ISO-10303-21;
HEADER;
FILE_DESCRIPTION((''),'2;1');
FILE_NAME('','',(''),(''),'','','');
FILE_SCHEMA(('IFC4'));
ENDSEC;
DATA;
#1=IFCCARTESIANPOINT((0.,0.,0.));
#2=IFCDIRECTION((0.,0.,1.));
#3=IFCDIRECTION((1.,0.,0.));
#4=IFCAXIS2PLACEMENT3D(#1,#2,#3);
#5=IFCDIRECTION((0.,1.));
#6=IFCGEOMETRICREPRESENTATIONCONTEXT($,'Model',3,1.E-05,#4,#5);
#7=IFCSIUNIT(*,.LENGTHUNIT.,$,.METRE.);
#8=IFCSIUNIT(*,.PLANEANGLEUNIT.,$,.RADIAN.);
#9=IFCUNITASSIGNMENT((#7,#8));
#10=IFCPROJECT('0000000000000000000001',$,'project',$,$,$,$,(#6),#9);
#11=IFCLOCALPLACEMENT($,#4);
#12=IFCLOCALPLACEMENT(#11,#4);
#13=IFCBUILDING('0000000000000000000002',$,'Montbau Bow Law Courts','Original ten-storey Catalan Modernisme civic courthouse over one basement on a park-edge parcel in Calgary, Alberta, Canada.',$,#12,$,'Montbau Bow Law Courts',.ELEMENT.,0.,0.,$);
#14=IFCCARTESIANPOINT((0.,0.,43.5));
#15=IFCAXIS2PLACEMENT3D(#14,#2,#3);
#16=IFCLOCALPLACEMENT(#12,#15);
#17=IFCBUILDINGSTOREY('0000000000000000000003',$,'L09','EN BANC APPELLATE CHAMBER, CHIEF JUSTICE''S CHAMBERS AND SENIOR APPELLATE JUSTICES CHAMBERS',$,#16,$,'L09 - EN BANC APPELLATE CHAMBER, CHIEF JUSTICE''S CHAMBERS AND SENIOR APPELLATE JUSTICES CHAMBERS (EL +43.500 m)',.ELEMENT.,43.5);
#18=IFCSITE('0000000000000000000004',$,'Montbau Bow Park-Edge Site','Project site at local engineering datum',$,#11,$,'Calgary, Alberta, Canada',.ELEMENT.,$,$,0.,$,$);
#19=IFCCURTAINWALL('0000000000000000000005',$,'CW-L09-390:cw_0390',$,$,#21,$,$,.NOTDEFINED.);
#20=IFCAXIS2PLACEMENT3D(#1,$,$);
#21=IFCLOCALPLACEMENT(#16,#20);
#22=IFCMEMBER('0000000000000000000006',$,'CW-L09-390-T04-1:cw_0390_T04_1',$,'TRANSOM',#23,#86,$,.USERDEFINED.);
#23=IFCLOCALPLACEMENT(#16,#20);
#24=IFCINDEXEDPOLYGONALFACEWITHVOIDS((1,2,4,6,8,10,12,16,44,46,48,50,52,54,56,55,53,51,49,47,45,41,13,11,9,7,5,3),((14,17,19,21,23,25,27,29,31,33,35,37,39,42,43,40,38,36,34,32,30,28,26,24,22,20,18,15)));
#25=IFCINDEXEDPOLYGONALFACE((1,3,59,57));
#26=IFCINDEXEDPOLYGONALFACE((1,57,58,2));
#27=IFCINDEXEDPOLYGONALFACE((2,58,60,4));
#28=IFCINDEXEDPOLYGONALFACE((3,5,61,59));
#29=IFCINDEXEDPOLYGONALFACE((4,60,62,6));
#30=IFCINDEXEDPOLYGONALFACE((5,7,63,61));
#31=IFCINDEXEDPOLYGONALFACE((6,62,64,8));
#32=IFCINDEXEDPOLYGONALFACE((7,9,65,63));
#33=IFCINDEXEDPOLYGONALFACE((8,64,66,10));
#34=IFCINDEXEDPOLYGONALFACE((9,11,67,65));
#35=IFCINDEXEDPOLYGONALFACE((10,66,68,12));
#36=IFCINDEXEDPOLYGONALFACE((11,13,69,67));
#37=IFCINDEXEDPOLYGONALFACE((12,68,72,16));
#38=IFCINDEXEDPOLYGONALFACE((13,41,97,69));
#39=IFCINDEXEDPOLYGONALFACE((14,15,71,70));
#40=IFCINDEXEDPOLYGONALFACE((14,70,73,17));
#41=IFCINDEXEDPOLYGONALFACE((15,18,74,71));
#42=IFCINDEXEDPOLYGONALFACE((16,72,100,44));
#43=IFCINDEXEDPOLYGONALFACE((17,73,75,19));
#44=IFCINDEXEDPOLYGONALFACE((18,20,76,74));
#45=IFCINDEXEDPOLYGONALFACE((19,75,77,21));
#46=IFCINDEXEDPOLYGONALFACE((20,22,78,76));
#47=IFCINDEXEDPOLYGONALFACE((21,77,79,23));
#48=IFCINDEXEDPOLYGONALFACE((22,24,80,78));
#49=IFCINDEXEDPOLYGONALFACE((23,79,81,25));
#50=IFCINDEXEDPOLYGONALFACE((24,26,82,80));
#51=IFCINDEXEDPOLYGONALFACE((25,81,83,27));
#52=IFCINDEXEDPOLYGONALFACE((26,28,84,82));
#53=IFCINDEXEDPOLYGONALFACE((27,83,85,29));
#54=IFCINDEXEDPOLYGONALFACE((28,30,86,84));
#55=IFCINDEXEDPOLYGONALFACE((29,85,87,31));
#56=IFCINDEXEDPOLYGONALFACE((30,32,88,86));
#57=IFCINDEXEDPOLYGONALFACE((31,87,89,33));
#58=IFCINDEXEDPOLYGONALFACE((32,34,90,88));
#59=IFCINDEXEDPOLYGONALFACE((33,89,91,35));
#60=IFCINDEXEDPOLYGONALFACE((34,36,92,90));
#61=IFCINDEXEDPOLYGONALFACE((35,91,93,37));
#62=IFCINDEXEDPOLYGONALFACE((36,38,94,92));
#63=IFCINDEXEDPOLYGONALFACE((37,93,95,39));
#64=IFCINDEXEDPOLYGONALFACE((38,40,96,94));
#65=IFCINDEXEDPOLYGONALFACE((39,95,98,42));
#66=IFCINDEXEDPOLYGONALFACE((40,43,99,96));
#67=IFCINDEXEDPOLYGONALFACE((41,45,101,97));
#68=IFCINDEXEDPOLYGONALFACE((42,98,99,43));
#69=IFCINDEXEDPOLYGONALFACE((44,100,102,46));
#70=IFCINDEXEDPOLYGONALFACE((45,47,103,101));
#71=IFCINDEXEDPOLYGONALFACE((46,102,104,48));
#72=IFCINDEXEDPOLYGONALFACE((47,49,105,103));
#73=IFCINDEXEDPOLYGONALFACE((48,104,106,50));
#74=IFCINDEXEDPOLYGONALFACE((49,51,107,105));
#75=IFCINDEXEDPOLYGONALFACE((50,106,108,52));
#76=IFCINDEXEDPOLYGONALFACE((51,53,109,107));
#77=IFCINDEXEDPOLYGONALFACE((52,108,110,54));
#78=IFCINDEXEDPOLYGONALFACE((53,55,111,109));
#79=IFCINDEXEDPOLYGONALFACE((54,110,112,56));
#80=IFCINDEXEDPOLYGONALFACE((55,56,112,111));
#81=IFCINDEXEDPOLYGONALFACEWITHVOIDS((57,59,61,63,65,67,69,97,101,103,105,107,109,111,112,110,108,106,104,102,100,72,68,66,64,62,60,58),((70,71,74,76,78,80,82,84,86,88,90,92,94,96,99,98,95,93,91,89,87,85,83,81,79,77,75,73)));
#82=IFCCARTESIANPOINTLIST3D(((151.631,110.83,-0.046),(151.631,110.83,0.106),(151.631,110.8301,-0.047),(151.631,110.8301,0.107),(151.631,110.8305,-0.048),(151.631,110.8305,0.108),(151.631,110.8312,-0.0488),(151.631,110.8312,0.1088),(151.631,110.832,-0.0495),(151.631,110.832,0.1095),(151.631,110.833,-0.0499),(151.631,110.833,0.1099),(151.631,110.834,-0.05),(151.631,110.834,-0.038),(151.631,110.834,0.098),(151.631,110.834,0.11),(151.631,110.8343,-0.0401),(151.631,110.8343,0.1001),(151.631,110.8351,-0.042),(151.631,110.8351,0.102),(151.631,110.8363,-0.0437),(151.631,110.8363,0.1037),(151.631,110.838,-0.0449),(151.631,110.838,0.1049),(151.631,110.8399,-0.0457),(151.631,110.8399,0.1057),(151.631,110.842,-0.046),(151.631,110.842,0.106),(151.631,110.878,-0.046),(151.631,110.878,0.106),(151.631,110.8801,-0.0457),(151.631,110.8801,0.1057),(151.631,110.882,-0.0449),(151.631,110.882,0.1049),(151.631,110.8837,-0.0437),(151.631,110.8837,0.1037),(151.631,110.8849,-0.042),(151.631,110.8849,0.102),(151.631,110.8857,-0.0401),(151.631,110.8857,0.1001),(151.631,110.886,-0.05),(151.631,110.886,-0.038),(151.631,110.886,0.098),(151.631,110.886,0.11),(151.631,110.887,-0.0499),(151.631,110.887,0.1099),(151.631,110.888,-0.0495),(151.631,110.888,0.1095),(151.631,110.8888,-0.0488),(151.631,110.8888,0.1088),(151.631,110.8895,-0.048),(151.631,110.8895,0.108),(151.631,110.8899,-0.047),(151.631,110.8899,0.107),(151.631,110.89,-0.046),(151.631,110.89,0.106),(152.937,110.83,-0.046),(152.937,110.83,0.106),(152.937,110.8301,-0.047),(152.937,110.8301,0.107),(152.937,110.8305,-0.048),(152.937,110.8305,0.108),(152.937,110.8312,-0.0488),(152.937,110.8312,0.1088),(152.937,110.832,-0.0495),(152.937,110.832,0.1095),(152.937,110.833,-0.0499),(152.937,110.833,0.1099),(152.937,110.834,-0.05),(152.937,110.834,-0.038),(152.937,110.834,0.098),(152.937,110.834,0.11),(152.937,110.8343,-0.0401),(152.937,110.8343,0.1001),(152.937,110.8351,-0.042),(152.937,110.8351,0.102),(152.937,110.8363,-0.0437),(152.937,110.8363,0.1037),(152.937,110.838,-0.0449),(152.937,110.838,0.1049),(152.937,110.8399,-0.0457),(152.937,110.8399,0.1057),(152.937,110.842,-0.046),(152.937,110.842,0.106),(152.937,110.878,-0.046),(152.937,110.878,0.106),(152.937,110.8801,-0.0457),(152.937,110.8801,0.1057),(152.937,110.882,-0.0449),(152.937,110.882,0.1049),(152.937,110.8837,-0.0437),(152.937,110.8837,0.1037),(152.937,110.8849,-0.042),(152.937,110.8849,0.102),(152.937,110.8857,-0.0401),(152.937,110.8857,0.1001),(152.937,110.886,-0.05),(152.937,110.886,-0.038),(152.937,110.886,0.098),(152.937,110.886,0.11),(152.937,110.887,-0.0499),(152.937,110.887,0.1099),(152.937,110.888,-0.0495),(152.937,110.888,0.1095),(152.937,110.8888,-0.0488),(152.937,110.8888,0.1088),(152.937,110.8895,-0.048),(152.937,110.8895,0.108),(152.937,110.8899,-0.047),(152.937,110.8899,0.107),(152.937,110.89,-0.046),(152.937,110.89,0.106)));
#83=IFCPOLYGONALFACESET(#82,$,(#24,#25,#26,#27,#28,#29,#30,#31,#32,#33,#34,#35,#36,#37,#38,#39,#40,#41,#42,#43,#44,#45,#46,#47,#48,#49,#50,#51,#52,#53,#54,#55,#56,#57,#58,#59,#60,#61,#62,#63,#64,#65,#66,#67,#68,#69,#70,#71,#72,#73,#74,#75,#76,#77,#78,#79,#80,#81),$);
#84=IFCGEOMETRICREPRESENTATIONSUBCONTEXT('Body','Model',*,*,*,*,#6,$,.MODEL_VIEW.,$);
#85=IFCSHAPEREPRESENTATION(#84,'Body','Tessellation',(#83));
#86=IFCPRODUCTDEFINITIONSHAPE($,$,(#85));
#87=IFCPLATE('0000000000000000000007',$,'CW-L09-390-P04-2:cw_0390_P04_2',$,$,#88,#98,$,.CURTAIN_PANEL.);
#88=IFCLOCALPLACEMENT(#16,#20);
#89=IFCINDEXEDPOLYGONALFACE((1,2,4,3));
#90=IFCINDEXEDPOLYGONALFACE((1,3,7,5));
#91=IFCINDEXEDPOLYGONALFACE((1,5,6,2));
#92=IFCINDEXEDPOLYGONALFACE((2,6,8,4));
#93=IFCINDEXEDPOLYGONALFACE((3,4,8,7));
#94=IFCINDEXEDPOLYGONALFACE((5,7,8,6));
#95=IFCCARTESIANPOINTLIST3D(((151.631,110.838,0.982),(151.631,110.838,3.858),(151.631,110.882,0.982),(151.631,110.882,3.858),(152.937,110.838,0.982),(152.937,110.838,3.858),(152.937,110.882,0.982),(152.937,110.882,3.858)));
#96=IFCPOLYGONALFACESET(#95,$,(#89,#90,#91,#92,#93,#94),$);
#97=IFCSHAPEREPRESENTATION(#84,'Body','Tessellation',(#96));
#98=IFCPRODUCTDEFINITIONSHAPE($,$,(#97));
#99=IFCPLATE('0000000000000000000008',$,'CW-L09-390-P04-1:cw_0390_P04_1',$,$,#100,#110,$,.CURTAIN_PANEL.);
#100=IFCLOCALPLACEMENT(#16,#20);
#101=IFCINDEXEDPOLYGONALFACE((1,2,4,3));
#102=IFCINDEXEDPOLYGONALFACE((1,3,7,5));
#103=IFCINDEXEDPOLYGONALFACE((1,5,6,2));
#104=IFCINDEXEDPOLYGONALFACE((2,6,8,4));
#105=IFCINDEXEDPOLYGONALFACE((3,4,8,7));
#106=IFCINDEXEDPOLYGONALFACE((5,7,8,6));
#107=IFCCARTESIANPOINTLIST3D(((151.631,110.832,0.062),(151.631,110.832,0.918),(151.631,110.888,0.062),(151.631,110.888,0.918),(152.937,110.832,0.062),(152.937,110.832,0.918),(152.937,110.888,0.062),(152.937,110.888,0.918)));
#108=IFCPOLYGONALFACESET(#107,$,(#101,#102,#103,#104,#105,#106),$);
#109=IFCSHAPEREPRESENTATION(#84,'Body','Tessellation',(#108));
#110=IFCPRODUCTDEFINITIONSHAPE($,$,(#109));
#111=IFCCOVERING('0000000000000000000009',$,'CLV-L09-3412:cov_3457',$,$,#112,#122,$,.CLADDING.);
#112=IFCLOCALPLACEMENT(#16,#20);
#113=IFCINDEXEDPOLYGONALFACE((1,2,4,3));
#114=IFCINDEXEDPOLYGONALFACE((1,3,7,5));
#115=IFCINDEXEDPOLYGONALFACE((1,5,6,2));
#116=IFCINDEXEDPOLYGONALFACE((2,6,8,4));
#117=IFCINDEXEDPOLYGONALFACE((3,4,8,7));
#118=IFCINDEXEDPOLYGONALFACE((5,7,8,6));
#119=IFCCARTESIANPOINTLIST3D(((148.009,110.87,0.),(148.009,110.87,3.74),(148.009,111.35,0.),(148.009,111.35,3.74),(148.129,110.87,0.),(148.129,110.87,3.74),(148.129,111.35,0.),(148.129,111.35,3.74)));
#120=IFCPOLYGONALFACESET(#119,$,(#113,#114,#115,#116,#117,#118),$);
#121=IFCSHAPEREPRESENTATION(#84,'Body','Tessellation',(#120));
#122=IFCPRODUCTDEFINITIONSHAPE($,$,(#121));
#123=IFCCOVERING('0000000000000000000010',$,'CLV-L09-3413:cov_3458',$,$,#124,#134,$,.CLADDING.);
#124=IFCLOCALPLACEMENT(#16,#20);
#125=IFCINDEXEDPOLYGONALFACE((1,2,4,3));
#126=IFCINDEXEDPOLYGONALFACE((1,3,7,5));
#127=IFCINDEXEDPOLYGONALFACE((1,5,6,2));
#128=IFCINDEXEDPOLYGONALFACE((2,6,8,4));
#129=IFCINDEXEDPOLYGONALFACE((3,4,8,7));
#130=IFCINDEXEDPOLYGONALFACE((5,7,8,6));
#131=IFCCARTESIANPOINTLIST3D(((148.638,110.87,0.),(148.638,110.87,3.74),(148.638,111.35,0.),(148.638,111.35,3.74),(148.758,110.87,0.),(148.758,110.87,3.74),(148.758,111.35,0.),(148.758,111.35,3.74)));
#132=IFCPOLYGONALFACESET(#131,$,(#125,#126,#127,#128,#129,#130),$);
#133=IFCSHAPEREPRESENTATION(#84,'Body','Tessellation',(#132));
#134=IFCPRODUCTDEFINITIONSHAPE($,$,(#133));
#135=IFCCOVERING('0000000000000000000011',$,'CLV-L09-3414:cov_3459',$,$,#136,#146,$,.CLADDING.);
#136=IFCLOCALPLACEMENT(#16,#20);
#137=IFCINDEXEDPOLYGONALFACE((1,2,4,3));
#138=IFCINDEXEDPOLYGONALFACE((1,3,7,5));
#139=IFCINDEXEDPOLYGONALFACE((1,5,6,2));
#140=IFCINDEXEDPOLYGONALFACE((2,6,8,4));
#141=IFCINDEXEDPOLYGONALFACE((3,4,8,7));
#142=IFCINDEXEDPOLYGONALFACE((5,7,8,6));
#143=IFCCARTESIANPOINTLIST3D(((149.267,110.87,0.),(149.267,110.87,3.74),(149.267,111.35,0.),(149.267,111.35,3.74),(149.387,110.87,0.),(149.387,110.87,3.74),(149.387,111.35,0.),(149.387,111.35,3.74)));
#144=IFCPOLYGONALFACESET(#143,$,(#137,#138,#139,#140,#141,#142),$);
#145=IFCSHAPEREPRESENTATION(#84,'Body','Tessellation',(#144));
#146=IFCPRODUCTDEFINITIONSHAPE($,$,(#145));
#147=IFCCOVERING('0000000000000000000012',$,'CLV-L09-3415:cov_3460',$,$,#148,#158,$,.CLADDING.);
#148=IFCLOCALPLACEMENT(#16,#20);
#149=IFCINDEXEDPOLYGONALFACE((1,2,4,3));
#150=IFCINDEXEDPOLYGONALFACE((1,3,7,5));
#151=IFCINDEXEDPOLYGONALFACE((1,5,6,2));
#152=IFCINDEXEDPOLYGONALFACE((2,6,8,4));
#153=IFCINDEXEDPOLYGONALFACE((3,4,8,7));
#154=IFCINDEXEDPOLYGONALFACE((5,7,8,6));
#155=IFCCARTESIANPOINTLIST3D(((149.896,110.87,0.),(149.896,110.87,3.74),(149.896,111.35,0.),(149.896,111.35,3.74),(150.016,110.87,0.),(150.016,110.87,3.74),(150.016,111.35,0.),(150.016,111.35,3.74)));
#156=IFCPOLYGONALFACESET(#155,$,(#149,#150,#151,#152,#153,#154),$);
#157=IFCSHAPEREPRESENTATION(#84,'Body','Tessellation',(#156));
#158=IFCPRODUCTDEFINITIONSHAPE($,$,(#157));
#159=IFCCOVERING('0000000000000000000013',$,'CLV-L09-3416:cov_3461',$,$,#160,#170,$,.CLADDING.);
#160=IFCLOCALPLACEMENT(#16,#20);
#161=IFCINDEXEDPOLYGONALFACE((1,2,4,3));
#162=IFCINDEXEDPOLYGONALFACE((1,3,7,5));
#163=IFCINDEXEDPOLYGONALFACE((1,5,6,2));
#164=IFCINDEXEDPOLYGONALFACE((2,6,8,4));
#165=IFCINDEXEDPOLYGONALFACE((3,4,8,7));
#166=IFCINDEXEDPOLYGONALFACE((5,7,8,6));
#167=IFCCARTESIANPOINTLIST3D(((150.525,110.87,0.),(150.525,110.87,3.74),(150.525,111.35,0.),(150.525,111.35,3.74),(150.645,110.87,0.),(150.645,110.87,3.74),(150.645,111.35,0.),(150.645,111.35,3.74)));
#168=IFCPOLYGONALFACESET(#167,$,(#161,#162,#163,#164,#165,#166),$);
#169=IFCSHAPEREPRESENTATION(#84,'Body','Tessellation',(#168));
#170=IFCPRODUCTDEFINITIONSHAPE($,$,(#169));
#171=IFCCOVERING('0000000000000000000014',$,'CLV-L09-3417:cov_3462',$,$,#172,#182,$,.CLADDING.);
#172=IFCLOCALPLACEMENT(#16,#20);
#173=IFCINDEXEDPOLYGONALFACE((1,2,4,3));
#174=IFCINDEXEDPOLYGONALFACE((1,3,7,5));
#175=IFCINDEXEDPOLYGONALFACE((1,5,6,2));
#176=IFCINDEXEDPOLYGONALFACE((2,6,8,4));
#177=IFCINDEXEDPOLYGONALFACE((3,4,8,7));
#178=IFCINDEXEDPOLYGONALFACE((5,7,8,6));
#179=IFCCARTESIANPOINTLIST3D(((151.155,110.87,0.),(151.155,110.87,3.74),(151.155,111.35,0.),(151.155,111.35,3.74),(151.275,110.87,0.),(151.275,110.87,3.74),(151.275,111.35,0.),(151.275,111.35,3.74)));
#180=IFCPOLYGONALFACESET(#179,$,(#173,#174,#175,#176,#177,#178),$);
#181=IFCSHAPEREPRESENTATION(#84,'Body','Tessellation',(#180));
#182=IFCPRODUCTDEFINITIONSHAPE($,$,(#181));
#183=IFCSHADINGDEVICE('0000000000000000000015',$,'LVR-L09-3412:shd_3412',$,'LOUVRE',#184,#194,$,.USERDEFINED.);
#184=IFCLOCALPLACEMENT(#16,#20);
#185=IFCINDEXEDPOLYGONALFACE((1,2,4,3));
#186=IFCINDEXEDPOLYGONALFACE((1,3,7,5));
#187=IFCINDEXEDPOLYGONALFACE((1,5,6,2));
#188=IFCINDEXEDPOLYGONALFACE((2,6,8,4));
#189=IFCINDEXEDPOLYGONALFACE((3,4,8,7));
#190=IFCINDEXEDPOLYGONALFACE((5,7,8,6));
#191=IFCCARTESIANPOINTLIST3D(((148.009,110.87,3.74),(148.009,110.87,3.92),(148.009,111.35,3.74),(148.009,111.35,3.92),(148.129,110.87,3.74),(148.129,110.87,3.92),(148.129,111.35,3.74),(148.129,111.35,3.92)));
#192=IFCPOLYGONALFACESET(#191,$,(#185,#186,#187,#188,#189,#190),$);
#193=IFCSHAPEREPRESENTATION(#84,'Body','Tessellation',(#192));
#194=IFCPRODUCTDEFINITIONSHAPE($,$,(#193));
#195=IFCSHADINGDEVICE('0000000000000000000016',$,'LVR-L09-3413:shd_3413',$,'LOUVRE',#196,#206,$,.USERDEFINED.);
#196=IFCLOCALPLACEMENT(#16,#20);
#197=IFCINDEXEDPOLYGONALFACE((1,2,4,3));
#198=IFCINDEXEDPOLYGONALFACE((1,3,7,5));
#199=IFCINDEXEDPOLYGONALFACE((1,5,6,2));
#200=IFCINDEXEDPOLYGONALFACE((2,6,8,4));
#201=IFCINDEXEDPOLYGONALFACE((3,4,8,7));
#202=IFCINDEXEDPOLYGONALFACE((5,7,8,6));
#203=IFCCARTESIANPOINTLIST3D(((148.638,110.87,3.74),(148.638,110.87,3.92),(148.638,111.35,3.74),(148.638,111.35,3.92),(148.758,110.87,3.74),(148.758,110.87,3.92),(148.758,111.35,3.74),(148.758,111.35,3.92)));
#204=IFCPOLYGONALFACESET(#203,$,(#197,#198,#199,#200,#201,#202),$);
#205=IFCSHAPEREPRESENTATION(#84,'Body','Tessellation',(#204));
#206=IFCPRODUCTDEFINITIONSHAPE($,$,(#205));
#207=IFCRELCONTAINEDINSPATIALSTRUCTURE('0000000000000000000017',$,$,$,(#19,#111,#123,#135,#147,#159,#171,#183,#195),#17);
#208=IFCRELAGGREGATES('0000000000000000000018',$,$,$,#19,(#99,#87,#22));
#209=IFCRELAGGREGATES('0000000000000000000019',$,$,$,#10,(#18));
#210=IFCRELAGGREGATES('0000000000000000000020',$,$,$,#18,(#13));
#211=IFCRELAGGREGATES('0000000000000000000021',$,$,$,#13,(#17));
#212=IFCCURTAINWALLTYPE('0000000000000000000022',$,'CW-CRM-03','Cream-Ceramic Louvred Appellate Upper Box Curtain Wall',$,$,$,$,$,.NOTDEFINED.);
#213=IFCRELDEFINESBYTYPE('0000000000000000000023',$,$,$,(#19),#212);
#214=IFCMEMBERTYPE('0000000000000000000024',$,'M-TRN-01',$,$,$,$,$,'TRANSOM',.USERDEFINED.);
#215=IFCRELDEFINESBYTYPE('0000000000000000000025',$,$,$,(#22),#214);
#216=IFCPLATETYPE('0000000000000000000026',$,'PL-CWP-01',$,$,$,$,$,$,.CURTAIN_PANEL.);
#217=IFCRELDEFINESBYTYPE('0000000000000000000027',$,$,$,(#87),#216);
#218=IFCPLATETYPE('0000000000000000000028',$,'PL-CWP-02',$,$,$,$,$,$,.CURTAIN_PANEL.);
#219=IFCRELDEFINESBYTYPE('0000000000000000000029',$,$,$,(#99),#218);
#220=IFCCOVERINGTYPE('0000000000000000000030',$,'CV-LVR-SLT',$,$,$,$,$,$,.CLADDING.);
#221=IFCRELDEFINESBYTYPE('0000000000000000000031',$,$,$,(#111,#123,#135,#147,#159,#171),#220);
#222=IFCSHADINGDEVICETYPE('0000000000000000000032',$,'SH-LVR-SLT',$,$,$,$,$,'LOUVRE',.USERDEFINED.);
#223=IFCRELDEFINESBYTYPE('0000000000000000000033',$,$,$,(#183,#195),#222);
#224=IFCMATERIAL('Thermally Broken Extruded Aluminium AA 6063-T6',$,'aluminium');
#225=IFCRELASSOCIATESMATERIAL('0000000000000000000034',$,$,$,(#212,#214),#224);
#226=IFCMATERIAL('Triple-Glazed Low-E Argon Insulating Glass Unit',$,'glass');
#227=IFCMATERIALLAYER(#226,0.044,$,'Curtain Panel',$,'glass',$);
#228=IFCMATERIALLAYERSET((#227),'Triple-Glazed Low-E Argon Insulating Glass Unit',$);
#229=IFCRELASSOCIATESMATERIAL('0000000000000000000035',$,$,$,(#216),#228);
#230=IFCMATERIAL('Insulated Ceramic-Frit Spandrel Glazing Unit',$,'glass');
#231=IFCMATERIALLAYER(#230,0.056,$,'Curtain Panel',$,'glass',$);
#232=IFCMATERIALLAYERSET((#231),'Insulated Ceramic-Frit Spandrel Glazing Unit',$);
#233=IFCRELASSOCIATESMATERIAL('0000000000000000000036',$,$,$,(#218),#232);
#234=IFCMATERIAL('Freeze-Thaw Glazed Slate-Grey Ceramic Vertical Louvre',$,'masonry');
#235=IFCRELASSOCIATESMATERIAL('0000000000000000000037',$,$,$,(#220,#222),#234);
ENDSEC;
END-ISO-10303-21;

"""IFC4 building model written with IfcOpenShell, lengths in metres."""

from ifc_helpers import new_model, si_unit, direction, frame, frame_2d, origin_with_axes, origin_2d_with_axis, place, context, subcontext, project, spatial, rectangle, hollow_rectangle, extrude, material, layer, layer_set, material_profile, profile_set, type_object, element, aggregate, save


model = new_model("IFC4")

# Units and contexts
model_context = context("Model", 3, precision=1e-05, world=origin_with_axes(), true_north=direction((0.0, 1.0)))
body_context = subcontext(model_context, "Body", "Model", "MODEL_VIEW")
ifc_project = project(units=[si_unit("LENGTHUNIT", "METRE"), si_unit("PLANEANGLEUNIT", "RADIAN")], contexts=[model_context])

# Site, building, storey
site_placement = place(None, origin_with_axes())
site = spatial("IfcSite", under=ifc_project, at=site_placement, Name="Montbau Bow Park-Edge Site", Description="Project site at local engineering datum", LongName="Calgary, Alberta, Canada", CompositionType="ELEMENT", RefElevation=0.0)
building_placement = place(site_placement, origin_with_axes())
building = spatial("IfcBuilding", under=site, at=building_placement, Name="Montbau Bow Law Courts", Description="Original ten-storey Catalan Modernisme civic courthouse over one basement on a park-edge parcel in Calgary, Alberta, Canada.", LongName="Montbau Bow Law Courts", CompositionType="ELEMENT", ElevationOfRefHeight=0.0, ElevationOfTerrain=0.0)
storey_placement = place(building_placement, frame((0.0, 0.0, 43.5), z_axis=(0.0, 0.0, 1.0), x_axis=(1.0, 0.0, 0.0)))
storey = spatial("IfcBuildingStorey", under=building, at=storey_placement, Name="L09", Description="EN BANC APPELLATE CHAMBER, CHIEF JUSTICE'S CHAMBERS AND SENIOR APPELLATE JUSTICES CHAMBERS", LongName="L09 - EN BANC APPELLATE CHAMBER, CHIEF JUSTICE'S CHAMBERS AND SENIOR APPELLATE JUSTICES CHAMBERS (EL +43.500 m)", CompositionType="ELEMENT", Elevation=43.5)

# Curtain wall, member, plates
ifc_material_1 = material(Name="Thermally Broken Extruded Aluminium AA 6063-T6", Category="aluminium")
curtain_wall_type = type_object("IfcCurtainWallType", Name="CW-CRM-03", Description="Cream-Ceramic Louvred Appellate Upper Box Curtain Wall", PredefinedType="NOTDEFINED", material=ifc_material_1)
curtain_wall_placement = place(None, frame((147.44, 110.86, 43.5), z_axis=(0.0, 0.0, 1.0), x_axis=(1.0, 0.0, 0.0)))
curtain_wall = element("IfcCurtainWall", 1, at=curtain_wall_placement, inside=storey, type_object=curtain_wall_type, Name="CW-L09-390:cw_0390", PredefinedType="NOTDEFINED")
ifc_material_profile_1 = material_profile(ifc_material_1, hollow_rectangle(XDim=0.06, YDim=0.16, WallThickness=0.004, InnerFilletRadius=0.008, OuterFilletRadius=0.004, at=origin_2d_with_axis()), Name="CWT-160X60", Category="Main", Priority=0)
ifc_profile_set_1 = profile_set([ifc_material_profile_1], Name="Thermally Broken Extruded Aluminium AA 6063-T6")
member_type_1 = type_object("IfcMemberType", Name="M-TRN-01", ElementType="TRANSOM", PredefinedType="USERDEFINED", material=ifc_profile_set_1)
member_1_placement = place(None, frame((151.631, 110.86, 43.53), z_axis=(1.0, 0.0, 0.0), x_axis=(0.0, 1.0, 0.0)))
member_1 = element("IfcMember", 2, at=member_1_placement, type_object=member_type_1, Name="CW-L09-390-T04-1:cw_0390_T04_1", ObjectType="TRANSOM", PredefinedType="USERDEFINED", context=body_context, shape_type="SweptSolid", body=[
    extrude(hollow_rectangle(XDim=0.06, YDim=0.16, WallThickness=0.004, InnerFilletRadius=0.008, OuterFilletRadius=0.004, at=origin_2d_with_axis()), origin_with_axes(), (0.0, 0.0, 1.0), 1.306),
])
ifc_material_2 = material(Name="Triple-Glazed Low-E Argon Insulating Glass Unit", Category="glass")
ifc_layer_1 = layer(ifc_material_2, 0.044, Name="Curtain Panel", Category="glass")
ifc_layer_set_1 = layer_set([ifc_layer_1], Name="Triple-Glazed Low-E Argon Insulating Glass Unit")
plate_type_1 = type_object("IfcPlateType", Name="PL-CWP-01", PredefinedType="CURTAIN_PANEL", material=ifc_layer_set_1)
plate_1_placement = place(None, frame((151.631, 110.86, 44.482), z_axis=(0.0, -1.0, 0.0), x_axis=(1.0, 0.0, 0.0)))
plate_1 = element("IfcPlate", 3, at=plate_1_placement, type_object=plate_type_1, Name="CW-L09-390-P04-2:cw_0390_P04_2", PredefinedType="CURTAIN_PANEL", context=body_context, shape_type="SweptSolid", body=[
    extrude(rectangle(XDim=1.306, YDim=2.876, at=frame_2d((0.653, 1.438), x_axis=(1.0, 0.0))), frame((0.0, 0.0, -0.022), z_axis=(0.0, 0.0, 1.0), x_axis=(1.0, 0.0, 0.0)), (0.0, 0.0, 1.0), 0.044),
])
ifc_material_3 = material(Name="Insulated Ceramic-Frit Spandrel Glazing Unit", Category="glass")
ifc_layer_2 = layer(ifc_material_3, 0.056, Name="Curtain Panel", Category="glass")
ifc_layer_set_2 = layer_set([ifc_layer_2], Name="Insulated Ceramic-Frit Spandrel Glazing Unit")
plate_type_2 = type_object("IfcPlateType", Name="PL-CWP-02", PredefinedType="CURTAIN_PANEL", material=ifc_layer_set_2)
plate_2_placement = place(None, frame((151.631, 110.86, 43.562), z_axis=(0.0, -1.0, 0.0), x_axis=(1.0, 0.0, 0.0)))
plate_2 = element("IfcPlate", 4, at=plate_2_placement, type_object=plate_type_2, Name="CW-L09-390-P04-1:cw_0390_P04_1", PredefinedType="CURTAIN_PANEL", context=body_context, shape_type="SweptSolid", body=[
    extrude(rectangle(XDim=1.306, YDim=0.856, at=frame_2d((0.653, 0.428), x_axis=(1.0, 0.0))), frame((0.0, 0.0, -0.028), z_axis=(0.0, 0.0, 1.0), x_axis=(1.0, 0.0, 0.0)), (0.0, 0.0, 1.0), 0.056),
])
aggregate(curtain_wall, [plate_2, plate_1, member_1])

# Coverings
ifc_material_4 = material(Name="Freeze-Thaw Glazed Slate-Grey Ceramic Vertical Louvre", Category="masonry")
covering_type = type_object("IfcCoveringType", Name="CV-LVR-SLT", PredefinedType="CLADDING", material=ifc_material_4)
for number, where, z_axis, x_axis, name in (
    (5, (148.069, 110.87, 43.5), (1.0, 0.0, 0.0), (0.0, 1.0, 0.0), "CLV-L09-3412:cov_3457"),
    (6, (148.698, 110.87, 43.5), (1.0, 0.0, 0.0), (0.0, 1.0, 0.0), "CLV-L09-3413:cov_3458"),
    (7, (149.327, 110.87, 43.5), (1.0, 0.0, 0.0), (0.0, 1.0, 0.0), "CLV-L09-3414:cov_3459"),
    (8, (149.956, 110.87, 43.5), (1.0, 0.0, 0.0), (0.0, 1.0, 0.0), "CLV-L09-3415:cov_3460"),
    (9, (150.585, 110.87, 43.5), (1.0, 0.0, 0.0), (0.0, 1.0, 0.0), "CLV-L09-3416:cov_3461"),
    (10, (151.215, 110.87, 43.5), (1.0, 0.0, 0.0), (0.0, 1.0, 0.0), "CLV-L09-3417:cov_3462"),
):
    element("IfcCovering", number, at=place(None, frame(where, z_axis=z_axis, x_axis=x_axis)), inside=storey, type_object=covering_type, Name=name, PredefinedType="CLADDING", context=body_context, shape_type="SweptSolid", body=[
        extrude(rectangle(XDim=0.48, YDim=3.74, at=frame_2d((0.24, 1.87), x_axis=(1.0, 0.0))), frame((0.0, 0.0, -0.06), z_axis=(0.0, 0.0, 1.0), x_axis=(1.0, 0.0, 0.0)), (0.0, 0.0, 1.0), 0.12),
    ])

# Shading devices
shading_device_type = type_object("IfcShadingDeviceType", Name="SH-LVR-SLT", ElementType="LOUVRE", PredefinedType="USERDEFINED", material=ifc_material_4)
for number, where, z_axis, x_axis, name in (
    (11, (148.069, 111.11, 47.24), (0.0, 0.0, 1.0), (0.0, 1.0, 0.0), "LVR-L09-3412:shd_3412"),
    (12, (148.698, 111.11, 47.24), (0.0, 0.0, 1.0), (0.0, 1.0, 0.0), "LVR-L09-3413:shd_3413"),
):
    element("IfcShadingDevice", number, at=place(None, frame(where, z_axis=z_axis, x_axis=x_axis)), inside=storey, type_object=shading_device_type, Name=name, ObjectType="LOUVRE", PredefinedType="USERDEFINED", context=body_context, shape_type="SweptSolid", body=[
        extrude(rectangle(XDim=0.48, YDim=0.12, at=origin_2d_with_axis()), origin_with_axes(), (0.0, 0.0, 1.0), 0.18),
    ])

save(model, "model.ifc")
